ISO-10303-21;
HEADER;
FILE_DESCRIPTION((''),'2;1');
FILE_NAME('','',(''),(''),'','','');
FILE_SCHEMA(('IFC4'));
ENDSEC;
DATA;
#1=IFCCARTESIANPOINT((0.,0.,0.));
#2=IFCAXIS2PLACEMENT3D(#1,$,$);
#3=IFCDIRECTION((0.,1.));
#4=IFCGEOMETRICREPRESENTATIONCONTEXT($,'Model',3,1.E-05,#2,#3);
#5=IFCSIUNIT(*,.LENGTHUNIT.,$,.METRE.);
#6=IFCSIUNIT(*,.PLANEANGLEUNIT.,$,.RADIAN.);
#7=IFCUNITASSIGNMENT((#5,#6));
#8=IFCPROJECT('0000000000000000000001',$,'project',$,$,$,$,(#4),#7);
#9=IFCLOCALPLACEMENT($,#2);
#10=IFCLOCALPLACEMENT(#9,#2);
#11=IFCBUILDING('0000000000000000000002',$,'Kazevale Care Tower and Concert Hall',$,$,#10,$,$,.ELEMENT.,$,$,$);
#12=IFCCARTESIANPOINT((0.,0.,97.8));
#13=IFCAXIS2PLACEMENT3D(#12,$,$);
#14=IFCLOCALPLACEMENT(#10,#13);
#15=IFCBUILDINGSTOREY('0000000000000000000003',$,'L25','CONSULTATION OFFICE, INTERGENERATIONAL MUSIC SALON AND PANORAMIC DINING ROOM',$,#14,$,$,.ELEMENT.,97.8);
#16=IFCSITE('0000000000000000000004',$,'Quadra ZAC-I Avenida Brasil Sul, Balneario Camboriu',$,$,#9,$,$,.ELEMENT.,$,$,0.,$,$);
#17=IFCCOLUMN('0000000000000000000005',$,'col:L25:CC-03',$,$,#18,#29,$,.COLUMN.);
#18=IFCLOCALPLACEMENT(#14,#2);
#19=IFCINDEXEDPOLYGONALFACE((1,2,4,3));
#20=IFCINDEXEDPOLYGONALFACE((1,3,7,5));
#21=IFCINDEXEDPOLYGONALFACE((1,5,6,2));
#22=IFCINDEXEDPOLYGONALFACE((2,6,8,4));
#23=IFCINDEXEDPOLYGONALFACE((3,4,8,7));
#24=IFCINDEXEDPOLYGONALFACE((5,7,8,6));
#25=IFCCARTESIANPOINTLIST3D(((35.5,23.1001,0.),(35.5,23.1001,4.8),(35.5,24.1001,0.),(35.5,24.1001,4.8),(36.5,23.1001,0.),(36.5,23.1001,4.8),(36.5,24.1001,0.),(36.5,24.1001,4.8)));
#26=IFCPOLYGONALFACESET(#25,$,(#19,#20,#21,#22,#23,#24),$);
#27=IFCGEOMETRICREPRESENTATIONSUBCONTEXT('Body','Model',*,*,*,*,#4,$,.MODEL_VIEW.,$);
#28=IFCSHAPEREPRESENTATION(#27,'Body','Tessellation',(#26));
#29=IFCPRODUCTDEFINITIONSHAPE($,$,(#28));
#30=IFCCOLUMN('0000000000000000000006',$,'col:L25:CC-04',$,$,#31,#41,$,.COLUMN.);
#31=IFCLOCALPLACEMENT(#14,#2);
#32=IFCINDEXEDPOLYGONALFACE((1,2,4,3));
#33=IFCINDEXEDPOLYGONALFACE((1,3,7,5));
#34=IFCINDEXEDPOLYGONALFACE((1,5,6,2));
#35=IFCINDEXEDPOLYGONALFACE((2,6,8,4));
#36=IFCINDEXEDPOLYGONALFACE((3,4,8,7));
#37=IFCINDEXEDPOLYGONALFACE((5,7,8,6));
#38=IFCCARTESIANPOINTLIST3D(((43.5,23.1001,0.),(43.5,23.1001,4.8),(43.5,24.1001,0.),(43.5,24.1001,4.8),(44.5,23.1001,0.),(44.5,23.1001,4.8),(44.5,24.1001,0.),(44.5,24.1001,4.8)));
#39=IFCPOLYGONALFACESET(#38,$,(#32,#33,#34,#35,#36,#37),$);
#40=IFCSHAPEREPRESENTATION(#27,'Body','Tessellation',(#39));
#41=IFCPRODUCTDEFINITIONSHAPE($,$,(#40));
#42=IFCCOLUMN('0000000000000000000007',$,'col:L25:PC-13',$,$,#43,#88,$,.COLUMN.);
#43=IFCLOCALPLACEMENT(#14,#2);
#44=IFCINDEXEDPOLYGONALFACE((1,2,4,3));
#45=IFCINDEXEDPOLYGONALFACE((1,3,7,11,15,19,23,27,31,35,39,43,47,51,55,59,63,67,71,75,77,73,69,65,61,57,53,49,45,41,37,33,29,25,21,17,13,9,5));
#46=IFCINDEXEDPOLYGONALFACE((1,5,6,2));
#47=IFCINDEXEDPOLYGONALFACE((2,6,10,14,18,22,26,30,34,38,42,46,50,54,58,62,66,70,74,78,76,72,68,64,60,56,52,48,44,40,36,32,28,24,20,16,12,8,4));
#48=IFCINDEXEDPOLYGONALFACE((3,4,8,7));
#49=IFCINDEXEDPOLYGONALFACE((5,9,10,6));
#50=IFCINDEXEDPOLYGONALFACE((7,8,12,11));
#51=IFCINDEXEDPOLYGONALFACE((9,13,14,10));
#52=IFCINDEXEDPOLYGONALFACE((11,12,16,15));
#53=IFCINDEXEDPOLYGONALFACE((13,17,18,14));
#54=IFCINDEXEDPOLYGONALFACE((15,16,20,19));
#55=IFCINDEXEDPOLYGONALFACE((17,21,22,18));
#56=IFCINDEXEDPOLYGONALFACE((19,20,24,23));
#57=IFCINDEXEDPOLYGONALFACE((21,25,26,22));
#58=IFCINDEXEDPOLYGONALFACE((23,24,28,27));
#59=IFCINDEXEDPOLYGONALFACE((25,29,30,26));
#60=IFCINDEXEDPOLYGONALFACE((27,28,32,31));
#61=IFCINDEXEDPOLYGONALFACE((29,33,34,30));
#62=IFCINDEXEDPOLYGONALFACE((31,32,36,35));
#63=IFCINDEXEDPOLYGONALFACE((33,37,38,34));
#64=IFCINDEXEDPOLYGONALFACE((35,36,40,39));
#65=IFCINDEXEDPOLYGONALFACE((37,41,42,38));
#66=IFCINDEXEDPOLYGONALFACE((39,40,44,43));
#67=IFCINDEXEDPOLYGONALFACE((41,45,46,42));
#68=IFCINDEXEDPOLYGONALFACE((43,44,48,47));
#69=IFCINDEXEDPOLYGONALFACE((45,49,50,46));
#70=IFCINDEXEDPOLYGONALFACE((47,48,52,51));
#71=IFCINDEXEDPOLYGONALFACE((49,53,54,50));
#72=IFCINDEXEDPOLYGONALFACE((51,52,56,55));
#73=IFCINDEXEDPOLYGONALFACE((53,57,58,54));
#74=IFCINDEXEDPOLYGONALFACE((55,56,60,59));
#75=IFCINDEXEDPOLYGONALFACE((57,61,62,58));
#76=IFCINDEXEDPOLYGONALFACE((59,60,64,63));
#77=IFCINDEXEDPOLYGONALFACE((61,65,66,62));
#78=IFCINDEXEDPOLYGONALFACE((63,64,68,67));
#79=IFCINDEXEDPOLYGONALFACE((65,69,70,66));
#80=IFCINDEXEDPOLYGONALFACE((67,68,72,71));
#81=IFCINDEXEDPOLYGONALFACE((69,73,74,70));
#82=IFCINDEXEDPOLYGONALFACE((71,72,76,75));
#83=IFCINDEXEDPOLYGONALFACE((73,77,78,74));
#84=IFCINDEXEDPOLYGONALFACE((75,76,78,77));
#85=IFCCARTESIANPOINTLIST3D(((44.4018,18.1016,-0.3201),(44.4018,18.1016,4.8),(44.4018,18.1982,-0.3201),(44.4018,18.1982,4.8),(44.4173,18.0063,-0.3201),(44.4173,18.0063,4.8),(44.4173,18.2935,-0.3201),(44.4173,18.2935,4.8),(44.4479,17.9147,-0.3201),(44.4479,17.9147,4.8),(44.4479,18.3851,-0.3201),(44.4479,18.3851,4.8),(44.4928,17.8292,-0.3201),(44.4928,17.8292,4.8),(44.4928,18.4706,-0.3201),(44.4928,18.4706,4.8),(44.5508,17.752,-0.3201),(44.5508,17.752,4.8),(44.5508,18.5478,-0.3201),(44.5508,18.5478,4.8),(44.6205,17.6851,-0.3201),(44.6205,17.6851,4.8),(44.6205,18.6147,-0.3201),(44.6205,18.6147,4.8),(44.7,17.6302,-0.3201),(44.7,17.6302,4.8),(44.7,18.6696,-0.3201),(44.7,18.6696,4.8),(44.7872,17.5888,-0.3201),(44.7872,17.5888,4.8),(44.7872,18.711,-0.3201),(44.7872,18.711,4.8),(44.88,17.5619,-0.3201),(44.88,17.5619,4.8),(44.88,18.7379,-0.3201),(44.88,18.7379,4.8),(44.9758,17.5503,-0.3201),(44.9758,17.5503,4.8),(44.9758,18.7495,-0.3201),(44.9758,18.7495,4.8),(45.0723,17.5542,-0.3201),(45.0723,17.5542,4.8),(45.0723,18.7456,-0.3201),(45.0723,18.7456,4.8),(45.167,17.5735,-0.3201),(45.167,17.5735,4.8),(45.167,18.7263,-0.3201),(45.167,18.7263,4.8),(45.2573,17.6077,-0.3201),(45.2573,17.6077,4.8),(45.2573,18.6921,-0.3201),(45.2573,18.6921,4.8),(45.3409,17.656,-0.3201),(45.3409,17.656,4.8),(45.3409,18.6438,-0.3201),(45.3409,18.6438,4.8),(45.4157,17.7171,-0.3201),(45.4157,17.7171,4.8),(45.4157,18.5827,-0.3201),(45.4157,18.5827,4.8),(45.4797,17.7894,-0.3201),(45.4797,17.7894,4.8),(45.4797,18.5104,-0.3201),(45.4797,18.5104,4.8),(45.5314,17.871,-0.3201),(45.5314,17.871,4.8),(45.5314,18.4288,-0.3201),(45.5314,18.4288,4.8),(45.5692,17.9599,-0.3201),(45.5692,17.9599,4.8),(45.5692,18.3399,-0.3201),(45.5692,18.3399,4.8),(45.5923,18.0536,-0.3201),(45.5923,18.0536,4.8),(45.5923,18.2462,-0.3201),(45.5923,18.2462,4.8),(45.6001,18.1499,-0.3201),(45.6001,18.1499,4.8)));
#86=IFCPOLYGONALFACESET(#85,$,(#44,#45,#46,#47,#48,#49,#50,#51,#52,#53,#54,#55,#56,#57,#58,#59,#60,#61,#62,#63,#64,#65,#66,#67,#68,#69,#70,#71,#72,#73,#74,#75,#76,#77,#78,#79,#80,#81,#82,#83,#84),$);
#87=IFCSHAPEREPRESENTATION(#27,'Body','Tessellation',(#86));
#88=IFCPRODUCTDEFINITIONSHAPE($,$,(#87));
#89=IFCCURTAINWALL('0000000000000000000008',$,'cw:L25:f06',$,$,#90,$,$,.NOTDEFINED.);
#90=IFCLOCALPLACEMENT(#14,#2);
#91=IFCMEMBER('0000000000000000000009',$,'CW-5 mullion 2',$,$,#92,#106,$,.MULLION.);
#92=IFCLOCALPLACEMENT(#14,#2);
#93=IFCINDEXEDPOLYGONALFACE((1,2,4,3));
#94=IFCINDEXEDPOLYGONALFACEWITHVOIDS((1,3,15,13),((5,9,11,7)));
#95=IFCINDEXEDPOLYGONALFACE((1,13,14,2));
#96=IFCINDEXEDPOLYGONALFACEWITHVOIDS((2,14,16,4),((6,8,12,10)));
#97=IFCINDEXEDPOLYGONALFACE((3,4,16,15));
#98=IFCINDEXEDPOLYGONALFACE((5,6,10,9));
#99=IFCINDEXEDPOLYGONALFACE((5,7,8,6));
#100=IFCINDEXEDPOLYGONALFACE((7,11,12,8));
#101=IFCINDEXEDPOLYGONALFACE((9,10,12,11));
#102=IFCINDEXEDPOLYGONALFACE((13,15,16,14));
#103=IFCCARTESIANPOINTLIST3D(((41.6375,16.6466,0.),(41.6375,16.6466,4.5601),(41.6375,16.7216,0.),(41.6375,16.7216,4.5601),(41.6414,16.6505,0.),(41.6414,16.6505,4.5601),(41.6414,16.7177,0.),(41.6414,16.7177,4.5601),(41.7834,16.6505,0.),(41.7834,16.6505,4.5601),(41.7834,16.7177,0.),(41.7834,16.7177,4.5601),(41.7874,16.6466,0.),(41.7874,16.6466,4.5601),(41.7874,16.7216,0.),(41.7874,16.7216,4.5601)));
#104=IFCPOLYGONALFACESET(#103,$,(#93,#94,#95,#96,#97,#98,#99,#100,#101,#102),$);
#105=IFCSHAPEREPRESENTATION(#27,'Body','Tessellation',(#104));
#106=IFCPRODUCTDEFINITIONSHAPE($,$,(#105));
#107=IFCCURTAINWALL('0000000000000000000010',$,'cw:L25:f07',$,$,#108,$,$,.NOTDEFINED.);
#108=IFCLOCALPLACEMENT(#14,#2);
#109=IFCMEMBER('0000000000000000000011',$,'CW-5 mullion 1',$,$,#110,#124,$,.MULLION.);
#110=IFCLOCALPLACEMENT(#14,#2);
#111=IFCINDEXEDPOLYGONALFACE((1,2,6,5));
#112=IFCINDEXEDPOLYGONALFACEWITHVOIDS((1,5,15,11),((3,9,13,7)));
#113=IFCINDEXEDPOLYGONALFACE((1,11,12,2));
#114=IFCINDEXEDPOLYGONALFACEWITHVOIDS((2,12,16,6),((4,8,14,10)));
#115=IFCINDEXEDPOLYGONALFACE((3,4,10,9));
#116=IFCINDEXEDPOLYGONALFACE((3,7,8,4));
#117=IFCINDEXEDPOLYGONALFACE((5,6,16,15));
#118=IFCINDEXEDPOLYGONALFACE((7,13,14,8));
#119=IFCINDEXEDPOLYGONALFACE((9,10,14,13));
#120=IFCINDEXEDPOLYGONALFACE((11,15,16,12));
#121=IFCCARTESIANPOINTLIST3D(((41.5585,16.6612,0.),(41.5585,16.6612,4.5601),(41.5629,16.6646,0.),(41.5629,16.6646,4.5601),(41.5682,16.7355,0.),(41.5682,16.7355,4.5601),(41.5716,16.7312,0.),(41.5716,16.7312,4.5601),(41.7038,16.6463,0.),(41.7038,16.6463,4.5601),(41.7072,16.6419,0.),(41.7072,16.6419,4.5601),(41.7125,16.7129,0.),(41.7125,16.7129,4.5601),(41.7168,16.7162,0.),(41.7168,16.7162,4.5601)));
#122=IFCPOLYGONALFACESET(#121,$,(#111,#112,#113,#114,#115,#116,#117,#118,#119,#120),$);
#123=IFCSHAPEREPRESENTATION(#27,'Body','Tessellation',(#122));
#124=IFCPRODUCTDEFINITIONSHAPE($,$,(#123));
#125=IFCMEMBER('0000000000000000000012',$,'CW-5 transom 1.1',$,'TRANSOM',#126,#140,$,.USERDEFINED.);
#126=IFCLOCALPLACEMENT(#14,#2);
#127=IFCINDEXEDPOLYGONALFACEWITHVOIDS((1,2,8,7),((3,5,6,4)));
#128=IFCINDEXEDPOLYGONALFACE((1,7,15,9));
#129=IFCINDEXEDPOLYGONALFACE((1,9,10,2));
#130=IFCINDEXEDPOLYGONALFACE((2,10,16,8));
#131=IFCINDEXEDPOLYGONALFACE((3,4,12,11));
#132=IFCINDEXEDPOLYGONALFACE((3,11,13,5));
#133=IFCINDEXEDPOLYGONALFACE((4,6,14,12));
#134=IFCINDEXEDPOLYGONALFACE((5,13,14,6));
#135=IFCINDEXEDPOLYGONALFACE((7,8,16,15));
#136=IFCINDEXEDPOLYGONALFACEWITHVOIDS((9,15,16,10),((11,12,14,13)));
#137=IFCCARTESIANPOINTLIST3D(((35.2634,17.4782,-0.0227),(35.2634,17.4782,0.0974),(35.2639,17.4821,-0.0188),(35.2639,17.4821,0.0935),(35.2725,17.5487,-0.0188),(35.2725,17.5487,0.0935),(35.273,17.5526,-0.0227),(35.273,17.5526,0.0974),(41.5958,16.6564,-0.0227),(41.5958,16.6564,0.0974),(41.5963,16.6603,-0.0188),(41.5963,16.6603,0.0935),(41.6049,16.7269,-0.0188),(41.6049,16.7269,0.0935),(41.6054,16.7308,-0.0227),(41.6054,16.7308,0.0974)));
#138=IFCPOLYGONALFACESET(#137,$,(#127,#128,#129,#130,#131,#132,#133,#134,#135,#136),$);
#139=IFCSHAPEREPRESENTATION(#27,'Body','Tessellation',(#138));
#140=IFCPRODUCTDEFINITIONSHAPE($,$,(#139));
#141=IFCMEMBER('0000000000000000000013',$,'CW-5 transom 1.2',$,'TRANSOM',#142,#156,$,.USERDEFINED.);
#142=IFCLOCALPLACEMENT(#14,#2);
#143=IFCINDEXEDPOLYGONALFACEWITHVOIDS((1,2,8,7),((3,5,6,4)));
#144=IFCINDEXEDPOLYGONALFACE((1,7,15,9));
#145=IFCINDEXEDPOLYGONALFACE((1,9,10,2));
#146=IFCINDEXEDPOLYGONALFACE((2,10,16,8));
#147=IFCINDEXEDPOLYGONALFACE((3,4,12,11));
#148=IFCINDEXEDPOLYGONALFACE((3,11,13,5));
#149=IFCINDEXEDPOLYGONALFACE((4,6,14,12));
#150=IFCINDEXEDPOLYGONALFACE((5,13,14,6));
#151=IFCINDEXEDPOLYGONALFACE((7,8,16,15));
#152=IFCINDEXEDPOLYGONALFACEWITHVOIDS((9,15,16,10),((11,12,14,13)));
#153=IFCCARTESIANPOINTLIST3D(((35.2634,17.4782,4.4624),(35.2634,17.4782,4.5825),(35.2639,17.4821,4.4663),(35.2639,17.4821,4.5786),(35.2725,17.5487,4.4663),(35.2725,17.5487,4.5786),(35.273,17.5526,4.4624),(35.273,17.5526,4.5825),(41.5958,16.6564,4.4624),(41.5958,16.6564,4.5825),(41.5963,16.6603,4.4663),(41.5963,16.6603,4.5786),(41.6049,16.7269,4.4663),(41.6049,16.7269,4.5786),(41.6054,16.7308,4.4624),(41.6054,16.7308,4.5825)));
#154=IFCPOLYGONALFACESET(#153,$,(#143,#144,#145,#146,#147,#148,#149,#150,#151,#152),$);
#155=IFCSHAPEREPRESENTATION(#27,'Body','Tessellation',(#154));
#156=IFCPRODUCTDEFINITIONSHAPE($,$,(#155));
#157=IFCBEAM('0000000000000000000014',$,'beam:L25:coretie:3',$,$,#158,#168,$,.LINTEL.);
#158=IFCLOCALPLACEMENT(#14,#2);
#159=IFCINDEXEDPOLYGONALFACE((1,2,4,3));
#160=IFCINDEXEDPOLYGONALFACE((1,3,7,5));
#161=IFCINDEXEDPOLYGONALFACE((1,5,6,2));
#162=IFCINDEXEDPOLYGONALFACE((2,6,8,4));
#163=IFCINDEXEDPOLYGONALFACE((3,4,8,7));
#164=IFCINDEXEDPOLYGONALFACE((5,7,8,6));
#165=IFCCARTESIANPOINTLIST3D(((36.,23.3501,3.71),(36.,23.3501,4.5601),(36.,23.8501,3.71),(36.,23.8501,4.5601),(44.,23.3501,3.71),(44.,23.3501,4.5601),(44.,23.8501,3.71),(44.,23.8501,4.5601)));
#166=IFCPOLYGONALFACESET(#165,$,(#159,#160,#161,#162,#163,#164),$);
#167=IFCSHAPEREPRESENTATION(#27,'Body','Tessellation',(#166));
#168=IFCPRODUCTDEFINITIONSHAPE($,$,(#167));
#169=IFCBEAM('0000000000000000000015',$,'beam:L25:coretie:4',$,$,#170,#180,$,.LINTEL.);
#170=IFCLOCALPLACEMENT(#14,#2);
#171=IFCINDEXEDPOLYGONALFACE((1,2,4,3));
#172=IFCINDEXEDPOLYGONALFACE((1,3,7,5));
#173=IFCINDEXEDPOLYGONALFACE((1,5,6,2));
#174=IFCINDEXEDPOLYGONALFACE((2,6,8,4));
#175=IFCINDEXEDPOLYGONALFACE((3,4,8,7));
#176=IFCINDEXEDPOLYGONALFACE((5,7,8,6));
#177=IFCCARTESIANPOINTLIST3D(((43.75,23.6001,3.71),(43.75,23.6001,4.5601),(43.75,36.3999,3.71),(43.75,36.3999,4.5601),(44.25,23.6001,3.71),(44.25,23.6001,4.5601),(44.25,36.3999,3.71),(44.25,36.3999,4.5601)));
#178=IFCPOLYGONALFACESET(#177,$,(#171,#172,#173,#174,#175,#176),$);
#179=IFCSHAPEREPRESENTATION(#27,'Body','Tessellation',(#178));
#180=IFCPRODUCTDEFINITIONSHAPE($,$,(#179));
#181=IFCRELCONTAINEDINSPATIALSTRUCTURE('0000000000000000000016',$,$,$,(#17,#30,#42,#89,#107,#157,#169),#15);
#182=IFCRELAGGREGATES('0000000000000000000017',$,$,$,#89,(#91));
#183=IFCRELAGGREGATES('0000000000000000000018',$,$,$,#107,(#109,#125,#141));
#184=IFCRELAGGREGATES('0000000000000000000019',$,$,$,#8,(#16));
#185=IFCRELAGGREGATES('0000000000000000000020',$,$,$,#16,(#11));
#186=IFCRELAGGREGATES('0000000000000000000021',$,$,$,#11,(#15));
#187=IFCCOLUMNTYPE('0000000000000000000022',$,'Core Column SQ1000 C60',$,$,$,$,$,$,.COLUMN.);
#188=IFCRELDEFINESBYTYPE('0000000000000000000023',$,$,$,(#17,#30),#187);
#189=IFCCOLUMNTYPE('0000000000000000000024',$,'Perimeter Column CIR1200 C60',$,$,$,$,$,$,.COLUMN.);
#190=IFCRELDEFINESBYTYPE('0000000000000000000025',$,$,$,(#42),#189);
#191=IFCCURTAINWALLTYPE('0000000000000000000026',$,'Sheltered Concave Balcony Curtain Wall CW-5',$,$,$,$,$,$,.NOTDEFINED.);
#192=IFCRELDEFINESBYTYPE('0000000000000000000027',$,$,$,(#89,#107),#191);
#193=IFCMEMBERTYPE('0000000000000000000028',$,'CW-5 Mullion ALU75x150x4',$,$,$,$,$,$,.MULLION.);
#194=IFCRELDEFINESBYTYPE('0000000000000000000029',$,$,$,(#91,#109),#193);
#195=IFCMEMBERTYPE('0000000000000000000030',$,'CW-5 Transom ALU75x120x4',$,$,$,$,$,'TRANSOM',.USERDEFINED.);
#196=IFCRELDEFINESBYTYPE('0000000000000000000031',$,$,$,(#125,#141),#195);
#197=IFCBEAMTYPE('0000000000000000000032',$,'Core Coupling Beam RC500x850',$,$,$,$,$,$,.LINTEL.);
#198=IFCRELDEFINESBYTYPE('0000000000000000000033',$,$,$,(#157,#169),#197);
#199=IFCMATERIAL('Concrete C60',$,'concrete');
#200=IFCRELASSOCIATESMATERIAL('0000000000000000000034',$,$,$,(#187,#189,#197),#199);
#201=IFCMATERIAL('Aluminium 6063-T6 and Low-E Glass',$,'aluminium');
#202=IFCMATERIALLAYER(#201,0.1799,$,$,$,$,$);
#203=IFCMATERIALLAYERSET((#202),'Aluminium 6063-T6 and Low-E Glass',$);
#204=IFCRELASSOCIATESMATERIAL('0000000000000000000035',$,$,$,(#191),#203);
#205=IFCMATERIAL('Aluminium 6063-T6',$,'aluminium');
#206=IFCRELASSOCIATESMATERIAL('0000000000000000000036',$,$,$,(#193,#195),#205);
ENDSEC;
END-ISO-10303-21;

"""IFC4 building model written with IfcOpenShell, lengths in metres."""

from ifc_helpers import new_model, si_unit, direction, frame, origin, origin_2d, place, context, subcontext, project, spatial, rectangle, hollow_rectangle, circle, extrude, material, layer, layer_set, material_profile, profile_set, type_object, element, aggregate, save


model = new_model("IFC4")

# Units and contexts
model_context = context("Model", 3, precision=1e-05, world=origin(), true_north=direction((0.0, 1.0)))
body_context = subcontext(model_context, "Body", "Model", "MODEL_VIEW")
ifc_project = project(units=[si_unit("LENGTHUNIT", "METRE"), si_unit("PLANEANGLEUNIT", "RADIAN")], contexts=[model_context])

# Site, building, storey
site_placement = place(None, origin())
site = spatial("IfcSite", under=ifc_project, at=site_placement, Name="Quadra ZAC-I Avenida Brasil Sul, Balneario Camboriu", CompositionType="ELEMENT", RefElevation=0.0)
building_placement = place(site_placement, origin())
building = spatial("IfcBuilding", under=site, at=building_placement, Name="Kazevale Care Tower and Concert Hall", CompositionType="ELEMENT")
storey_placement = place(building_placement, frame((0.0, 0.0, 97.8)))
storey = spatial("IfcBuildingStorey", under=building, at=storey_placement, Name="L25", Description="CONSULTATION OFFICE, INTERGENERATIONAL MUSIC SALON AND PANORAMIC DINING ROOM", CompositionType="ELEMENT", Elevation=97.8)

# Columns
ifc_material_1 = material(Name="Concrete C60", Category="concrete")
ifc_material_profile_1 = material_profile(ifc_material_1, rectangle(XDim=1.0, YDim=1.0, at=origin_2d()), Name="RC-SQ1000")
ifc_profile_set_1 = profile_set([ifc_material_profile_1], Name="Concrete C60")
column_type_1 = type_object("IfcColumnType", Name="Core Column SQ1000 C60", PredefinedType="COLUMN", material=ifc_profile_set_1)
for number, where, z_axis, x_axis, name in (
    (1, (36.0, 23.6001, 0.0), (0.0, 0.0, 1.0), (1.0, 0.0, 0.0), "col:L25:CC-03"),
    (2, (44.0, 23.6001, 0.0), (0.0, 0.0, 1.0), (1.0, 0.0, 0.0), "col:L25:CC-04"),
):
    element("IfcColumn", number, at=place(storey_placement, frame(where, z_axis=z_axis, x_axis=x_axis)), inside=storey, type_object=column_type_1, Name=name, PredefinedType="COLUMN", context=body_context, shape_type="SweptSolid", body=[
        extrude(rectangle(XDim=1.0, YDim=1.0, at=origin_2d()), origin(), (0.0, 0.0, 1.0), 4.8),
    ])
ifc_material_profile_2 = material_profile(ifc_material_1, circle(Radius=0.6001, at=origin_2d()), Name="RC-CIR1200")
ifc_profile_set_2 = profile_set([ifc_material_profile_2], Name="Concrete C60")
column_type_2 = type_object("IfcColumnType", Name="Perimeter Column CIR1200 C60", PredefinedType="COLUMN", material=ifc_profile_set_2)
column_placement = place(storey_placement, frame((45.0, 18.1499, -0.3201), z_axis=(0.0, 0.0, 1.0), x_axis=(1.0, 0.0, 0.0)))
element("IfcColumn", 3, at=column_placement, inside=storey, type_object=column_type_2, Name="col:L25:PC-13", PredefinedType="COLUMN", context=body_context, shape_type="SweptSolid", body=[
    extrude(circle(Radius=0.6001, at=origin_2d()), origin(), (0.0, 0.0, 1.0), 5.1201),
])

# Curtain wall, member
ifc_material_2 = material(Name="Aluminium 6063-T6 and Low-E Glass", Category="aluminium")
ifc_layer_1 = layer(ifc_material_2, 0.1799)
ifc_layer_set_1 = layer_set([ifc_layer_1], Name="Aluminium 6063-T6 and Low-E Glass")
curtain_wall_type = type_object("IfcCurtainWallType", Name="Sheltered Concave Balcony Curtain Wall CW-5", PredefinedType="NOTDEFINED", material=ifc_layer_set_1)
curtain_wall_1_placement = place(storey_placement, origin())
curtain_wall_1 = element("IfcCurtainWall", 4, at=curtain_wall_1_placement, inside=storey, type_object=curtain_wall_type, Name="cw:L25:f06", PredefinedType="NOTDEFINED")
ifc_material_3 = material(Name="Aluminium 6063-T6", Category="aluminium")
ifc_material_profile_3 = material_profile(ifc_material_3, hollow_rectangle(XDim=0.075, YDim=0.1499, WallThickness=0.0039, at=origin_2d()), Name="ALU75x150x4")
ifc_profile_set_3 = profile_set([ifc_material_profile_3], Name="Aluminium 6063-T6")
member_type_1 = type_object("IfcMemberType", Name="CW-5 Mullion ALU75x150x4", PredefinedType="MULLION", material=ifc_profile_set_3)
member_1_placement = place(storey_placement, frame((41.7124, 16.6841, 0.0), z_axis=(0.0, 0.0, 1.0), x_axis=(0.0, -1.0, 0.0)))
member_1 = element("IfcMember", 5, at=member_1_placement, type_object=member_type_1, Name="CW-5 mullion 2", PredefinedType="MULLION", context=body_context, shape_type="SweptSolid", body=[
    extrude(hollow_rectangle(XDim=0.075, YDim=0.1499, WallThickness=0.0039, at=origin_2d()), origin(), (0.0, 0.0, 1.0), 4.5601),
])

# Curtain wall, members
curtain_wall_2_placement = place(storey_placement, origin())
curtain_wall_2 = element("IfcCurtainWall", 6, at=curtain_wall_2_placement, inside=storey, type_object=curtain_wall_type, Name="cw:L25:f07", PredefinedType="NOTDEFINED")
member_2_placement = place(storey_placement, frame((41.6377, 16.6887, 0.0), z_axis=(0.0, 0.0, 1.0), x_axis=(-0.128685, -0.991686, 0.0)))
member_2 = element("IfcMember", 7, at=member_2_placement, type_object=member_type_1, Name="CW-5 mullion 1", PredefinedType="MULLION", context=body_context, shape_type="SweptSolid", body=[
    extrude(hollow_rectangle(XDim=0.075, YDim=0.1499, WallThickness=0.0039, at=origin_2d()), origin(), (0.0, 0.0, 1.0), 4.5601),
])
ifc_material_profile_4 = material_profile(ifc_material_3, hollow_rectangle(XDim=0.075, YDim=0.1201, WallThickness=0.0039, at=origin_2d()), Name="ALU75x120x4")
ifc_profile_set_4 = profile_set([ifc_material_profile_4], Name="Aluminium 6063-T6")
member_type_2 = type_object("IfcMemberType", Name="CW-5 Transom ALU75x120x4", ElementType="TRANSOM", PredefinedType="USERDEFINED", material=ifc_profile_set_4)
member_3_placement = place(storey_placement, frame((41.6006, 16.6936, 0.0374), z_axis=(-0.991684, 0.128697, 0.0), x_axis=(-0.128697, -0.991684, 0.0)))
member_3 = element("IfcMember", 8, at=member_3_placement, type_object=member_type_2, Name="CW-5 transom 1.1", ObjectType="TRANSOM", PredefinedType="USERDEFINED", context=body_context, shape_type="SweptSolid", body=[
    extrude(hollow_rectangle(XDim=0.075, YDim=0.1201, WallThickness=0.0039, at=origin_2d()), origin(), (0.0, 0.0, 1.0), 6.3855),
])
member_4_placement = place(storey_placement, frame((41.6006, 16.6936, 4.5225), z_axis=(-0.991684, 0.128697, 0.0), x_axis=(-0.128697, -0.991684, 0.0)))
member_4 = element("IfcMember", 9, at=member_4_placement, type_object=member_type_2, Name="CW-5 transom 1.2", ObjectType="TRANSOM", PredefinedType="USERDEFINED", context=body_context, shape_type="SweptSolid", body=[
    extrude(hollow_rectangle(XDim=0.075, YDim=0.1201, WallThickness=0.0039, at=origin_2d()), origin(), (0.0, 0.0, 1.0), 6.3855),
])

# Beams
ifc_material_profile_5 = material_profile(ifc_material_1, rectangle(XDim=0.5, YDim=0.8501, at=origin_2d()), Name="RC-B500x850")
ifc_profile_set_5 = profile_set([ifc_material_profile_5], Name="Concrete C60")
beam_type_1 = type_object("IfcBeamType", Name="Core Coupling Beam RC500x850", PredefinedType="LINTEL", material=ifc_profile_set_5)
beam_1_placement = place(storey_placement, frame((36.0, 23.6001, 4.135), z_axis=(1.0, 0.0, 0.0), x_axis=(0.0, 1.0, 0.0)))
element("IfcBeam", 10, at=beam_1_placement, inside=storey, type_object=beam_type_1, Name="beam:L25:coretie:3", PredefinedType="LINTEL", context=body_context, shape_type="SweptSolid", body=[
    extrude(rectangle(XDim=0.5, YDim=0.8501, at=origin_2d()), origin(), (0.0, 0.0, 1.0), 8.0),
])
beam_2_placement = place(storey_placement, frame((44.0, 23.6001, 4.135), z_axis=(0.0, 1.0, 0.0), x_axis=(-1.0, 0.0, 0.0)))
element("IfcBeam", 11, at=beam_2_placement, inside=storey, type_object=beam_type_1, Name="beam:L25:coretie:4", PredefinedType="LINTEL", context=body_context, shape_type="SweptSolid", body=[
    extrude(rectangle(XDim=0.5, YDim=0.8501, at=origin_2d()), origin(), (0.0, 0.0, 1.0), 12.7998),
])

aggregate(curtain_wall_1, [member_1])
aggregate(curtain_wall_2, [member_2, member_3, member_4])

save(model, "model.ifc")
